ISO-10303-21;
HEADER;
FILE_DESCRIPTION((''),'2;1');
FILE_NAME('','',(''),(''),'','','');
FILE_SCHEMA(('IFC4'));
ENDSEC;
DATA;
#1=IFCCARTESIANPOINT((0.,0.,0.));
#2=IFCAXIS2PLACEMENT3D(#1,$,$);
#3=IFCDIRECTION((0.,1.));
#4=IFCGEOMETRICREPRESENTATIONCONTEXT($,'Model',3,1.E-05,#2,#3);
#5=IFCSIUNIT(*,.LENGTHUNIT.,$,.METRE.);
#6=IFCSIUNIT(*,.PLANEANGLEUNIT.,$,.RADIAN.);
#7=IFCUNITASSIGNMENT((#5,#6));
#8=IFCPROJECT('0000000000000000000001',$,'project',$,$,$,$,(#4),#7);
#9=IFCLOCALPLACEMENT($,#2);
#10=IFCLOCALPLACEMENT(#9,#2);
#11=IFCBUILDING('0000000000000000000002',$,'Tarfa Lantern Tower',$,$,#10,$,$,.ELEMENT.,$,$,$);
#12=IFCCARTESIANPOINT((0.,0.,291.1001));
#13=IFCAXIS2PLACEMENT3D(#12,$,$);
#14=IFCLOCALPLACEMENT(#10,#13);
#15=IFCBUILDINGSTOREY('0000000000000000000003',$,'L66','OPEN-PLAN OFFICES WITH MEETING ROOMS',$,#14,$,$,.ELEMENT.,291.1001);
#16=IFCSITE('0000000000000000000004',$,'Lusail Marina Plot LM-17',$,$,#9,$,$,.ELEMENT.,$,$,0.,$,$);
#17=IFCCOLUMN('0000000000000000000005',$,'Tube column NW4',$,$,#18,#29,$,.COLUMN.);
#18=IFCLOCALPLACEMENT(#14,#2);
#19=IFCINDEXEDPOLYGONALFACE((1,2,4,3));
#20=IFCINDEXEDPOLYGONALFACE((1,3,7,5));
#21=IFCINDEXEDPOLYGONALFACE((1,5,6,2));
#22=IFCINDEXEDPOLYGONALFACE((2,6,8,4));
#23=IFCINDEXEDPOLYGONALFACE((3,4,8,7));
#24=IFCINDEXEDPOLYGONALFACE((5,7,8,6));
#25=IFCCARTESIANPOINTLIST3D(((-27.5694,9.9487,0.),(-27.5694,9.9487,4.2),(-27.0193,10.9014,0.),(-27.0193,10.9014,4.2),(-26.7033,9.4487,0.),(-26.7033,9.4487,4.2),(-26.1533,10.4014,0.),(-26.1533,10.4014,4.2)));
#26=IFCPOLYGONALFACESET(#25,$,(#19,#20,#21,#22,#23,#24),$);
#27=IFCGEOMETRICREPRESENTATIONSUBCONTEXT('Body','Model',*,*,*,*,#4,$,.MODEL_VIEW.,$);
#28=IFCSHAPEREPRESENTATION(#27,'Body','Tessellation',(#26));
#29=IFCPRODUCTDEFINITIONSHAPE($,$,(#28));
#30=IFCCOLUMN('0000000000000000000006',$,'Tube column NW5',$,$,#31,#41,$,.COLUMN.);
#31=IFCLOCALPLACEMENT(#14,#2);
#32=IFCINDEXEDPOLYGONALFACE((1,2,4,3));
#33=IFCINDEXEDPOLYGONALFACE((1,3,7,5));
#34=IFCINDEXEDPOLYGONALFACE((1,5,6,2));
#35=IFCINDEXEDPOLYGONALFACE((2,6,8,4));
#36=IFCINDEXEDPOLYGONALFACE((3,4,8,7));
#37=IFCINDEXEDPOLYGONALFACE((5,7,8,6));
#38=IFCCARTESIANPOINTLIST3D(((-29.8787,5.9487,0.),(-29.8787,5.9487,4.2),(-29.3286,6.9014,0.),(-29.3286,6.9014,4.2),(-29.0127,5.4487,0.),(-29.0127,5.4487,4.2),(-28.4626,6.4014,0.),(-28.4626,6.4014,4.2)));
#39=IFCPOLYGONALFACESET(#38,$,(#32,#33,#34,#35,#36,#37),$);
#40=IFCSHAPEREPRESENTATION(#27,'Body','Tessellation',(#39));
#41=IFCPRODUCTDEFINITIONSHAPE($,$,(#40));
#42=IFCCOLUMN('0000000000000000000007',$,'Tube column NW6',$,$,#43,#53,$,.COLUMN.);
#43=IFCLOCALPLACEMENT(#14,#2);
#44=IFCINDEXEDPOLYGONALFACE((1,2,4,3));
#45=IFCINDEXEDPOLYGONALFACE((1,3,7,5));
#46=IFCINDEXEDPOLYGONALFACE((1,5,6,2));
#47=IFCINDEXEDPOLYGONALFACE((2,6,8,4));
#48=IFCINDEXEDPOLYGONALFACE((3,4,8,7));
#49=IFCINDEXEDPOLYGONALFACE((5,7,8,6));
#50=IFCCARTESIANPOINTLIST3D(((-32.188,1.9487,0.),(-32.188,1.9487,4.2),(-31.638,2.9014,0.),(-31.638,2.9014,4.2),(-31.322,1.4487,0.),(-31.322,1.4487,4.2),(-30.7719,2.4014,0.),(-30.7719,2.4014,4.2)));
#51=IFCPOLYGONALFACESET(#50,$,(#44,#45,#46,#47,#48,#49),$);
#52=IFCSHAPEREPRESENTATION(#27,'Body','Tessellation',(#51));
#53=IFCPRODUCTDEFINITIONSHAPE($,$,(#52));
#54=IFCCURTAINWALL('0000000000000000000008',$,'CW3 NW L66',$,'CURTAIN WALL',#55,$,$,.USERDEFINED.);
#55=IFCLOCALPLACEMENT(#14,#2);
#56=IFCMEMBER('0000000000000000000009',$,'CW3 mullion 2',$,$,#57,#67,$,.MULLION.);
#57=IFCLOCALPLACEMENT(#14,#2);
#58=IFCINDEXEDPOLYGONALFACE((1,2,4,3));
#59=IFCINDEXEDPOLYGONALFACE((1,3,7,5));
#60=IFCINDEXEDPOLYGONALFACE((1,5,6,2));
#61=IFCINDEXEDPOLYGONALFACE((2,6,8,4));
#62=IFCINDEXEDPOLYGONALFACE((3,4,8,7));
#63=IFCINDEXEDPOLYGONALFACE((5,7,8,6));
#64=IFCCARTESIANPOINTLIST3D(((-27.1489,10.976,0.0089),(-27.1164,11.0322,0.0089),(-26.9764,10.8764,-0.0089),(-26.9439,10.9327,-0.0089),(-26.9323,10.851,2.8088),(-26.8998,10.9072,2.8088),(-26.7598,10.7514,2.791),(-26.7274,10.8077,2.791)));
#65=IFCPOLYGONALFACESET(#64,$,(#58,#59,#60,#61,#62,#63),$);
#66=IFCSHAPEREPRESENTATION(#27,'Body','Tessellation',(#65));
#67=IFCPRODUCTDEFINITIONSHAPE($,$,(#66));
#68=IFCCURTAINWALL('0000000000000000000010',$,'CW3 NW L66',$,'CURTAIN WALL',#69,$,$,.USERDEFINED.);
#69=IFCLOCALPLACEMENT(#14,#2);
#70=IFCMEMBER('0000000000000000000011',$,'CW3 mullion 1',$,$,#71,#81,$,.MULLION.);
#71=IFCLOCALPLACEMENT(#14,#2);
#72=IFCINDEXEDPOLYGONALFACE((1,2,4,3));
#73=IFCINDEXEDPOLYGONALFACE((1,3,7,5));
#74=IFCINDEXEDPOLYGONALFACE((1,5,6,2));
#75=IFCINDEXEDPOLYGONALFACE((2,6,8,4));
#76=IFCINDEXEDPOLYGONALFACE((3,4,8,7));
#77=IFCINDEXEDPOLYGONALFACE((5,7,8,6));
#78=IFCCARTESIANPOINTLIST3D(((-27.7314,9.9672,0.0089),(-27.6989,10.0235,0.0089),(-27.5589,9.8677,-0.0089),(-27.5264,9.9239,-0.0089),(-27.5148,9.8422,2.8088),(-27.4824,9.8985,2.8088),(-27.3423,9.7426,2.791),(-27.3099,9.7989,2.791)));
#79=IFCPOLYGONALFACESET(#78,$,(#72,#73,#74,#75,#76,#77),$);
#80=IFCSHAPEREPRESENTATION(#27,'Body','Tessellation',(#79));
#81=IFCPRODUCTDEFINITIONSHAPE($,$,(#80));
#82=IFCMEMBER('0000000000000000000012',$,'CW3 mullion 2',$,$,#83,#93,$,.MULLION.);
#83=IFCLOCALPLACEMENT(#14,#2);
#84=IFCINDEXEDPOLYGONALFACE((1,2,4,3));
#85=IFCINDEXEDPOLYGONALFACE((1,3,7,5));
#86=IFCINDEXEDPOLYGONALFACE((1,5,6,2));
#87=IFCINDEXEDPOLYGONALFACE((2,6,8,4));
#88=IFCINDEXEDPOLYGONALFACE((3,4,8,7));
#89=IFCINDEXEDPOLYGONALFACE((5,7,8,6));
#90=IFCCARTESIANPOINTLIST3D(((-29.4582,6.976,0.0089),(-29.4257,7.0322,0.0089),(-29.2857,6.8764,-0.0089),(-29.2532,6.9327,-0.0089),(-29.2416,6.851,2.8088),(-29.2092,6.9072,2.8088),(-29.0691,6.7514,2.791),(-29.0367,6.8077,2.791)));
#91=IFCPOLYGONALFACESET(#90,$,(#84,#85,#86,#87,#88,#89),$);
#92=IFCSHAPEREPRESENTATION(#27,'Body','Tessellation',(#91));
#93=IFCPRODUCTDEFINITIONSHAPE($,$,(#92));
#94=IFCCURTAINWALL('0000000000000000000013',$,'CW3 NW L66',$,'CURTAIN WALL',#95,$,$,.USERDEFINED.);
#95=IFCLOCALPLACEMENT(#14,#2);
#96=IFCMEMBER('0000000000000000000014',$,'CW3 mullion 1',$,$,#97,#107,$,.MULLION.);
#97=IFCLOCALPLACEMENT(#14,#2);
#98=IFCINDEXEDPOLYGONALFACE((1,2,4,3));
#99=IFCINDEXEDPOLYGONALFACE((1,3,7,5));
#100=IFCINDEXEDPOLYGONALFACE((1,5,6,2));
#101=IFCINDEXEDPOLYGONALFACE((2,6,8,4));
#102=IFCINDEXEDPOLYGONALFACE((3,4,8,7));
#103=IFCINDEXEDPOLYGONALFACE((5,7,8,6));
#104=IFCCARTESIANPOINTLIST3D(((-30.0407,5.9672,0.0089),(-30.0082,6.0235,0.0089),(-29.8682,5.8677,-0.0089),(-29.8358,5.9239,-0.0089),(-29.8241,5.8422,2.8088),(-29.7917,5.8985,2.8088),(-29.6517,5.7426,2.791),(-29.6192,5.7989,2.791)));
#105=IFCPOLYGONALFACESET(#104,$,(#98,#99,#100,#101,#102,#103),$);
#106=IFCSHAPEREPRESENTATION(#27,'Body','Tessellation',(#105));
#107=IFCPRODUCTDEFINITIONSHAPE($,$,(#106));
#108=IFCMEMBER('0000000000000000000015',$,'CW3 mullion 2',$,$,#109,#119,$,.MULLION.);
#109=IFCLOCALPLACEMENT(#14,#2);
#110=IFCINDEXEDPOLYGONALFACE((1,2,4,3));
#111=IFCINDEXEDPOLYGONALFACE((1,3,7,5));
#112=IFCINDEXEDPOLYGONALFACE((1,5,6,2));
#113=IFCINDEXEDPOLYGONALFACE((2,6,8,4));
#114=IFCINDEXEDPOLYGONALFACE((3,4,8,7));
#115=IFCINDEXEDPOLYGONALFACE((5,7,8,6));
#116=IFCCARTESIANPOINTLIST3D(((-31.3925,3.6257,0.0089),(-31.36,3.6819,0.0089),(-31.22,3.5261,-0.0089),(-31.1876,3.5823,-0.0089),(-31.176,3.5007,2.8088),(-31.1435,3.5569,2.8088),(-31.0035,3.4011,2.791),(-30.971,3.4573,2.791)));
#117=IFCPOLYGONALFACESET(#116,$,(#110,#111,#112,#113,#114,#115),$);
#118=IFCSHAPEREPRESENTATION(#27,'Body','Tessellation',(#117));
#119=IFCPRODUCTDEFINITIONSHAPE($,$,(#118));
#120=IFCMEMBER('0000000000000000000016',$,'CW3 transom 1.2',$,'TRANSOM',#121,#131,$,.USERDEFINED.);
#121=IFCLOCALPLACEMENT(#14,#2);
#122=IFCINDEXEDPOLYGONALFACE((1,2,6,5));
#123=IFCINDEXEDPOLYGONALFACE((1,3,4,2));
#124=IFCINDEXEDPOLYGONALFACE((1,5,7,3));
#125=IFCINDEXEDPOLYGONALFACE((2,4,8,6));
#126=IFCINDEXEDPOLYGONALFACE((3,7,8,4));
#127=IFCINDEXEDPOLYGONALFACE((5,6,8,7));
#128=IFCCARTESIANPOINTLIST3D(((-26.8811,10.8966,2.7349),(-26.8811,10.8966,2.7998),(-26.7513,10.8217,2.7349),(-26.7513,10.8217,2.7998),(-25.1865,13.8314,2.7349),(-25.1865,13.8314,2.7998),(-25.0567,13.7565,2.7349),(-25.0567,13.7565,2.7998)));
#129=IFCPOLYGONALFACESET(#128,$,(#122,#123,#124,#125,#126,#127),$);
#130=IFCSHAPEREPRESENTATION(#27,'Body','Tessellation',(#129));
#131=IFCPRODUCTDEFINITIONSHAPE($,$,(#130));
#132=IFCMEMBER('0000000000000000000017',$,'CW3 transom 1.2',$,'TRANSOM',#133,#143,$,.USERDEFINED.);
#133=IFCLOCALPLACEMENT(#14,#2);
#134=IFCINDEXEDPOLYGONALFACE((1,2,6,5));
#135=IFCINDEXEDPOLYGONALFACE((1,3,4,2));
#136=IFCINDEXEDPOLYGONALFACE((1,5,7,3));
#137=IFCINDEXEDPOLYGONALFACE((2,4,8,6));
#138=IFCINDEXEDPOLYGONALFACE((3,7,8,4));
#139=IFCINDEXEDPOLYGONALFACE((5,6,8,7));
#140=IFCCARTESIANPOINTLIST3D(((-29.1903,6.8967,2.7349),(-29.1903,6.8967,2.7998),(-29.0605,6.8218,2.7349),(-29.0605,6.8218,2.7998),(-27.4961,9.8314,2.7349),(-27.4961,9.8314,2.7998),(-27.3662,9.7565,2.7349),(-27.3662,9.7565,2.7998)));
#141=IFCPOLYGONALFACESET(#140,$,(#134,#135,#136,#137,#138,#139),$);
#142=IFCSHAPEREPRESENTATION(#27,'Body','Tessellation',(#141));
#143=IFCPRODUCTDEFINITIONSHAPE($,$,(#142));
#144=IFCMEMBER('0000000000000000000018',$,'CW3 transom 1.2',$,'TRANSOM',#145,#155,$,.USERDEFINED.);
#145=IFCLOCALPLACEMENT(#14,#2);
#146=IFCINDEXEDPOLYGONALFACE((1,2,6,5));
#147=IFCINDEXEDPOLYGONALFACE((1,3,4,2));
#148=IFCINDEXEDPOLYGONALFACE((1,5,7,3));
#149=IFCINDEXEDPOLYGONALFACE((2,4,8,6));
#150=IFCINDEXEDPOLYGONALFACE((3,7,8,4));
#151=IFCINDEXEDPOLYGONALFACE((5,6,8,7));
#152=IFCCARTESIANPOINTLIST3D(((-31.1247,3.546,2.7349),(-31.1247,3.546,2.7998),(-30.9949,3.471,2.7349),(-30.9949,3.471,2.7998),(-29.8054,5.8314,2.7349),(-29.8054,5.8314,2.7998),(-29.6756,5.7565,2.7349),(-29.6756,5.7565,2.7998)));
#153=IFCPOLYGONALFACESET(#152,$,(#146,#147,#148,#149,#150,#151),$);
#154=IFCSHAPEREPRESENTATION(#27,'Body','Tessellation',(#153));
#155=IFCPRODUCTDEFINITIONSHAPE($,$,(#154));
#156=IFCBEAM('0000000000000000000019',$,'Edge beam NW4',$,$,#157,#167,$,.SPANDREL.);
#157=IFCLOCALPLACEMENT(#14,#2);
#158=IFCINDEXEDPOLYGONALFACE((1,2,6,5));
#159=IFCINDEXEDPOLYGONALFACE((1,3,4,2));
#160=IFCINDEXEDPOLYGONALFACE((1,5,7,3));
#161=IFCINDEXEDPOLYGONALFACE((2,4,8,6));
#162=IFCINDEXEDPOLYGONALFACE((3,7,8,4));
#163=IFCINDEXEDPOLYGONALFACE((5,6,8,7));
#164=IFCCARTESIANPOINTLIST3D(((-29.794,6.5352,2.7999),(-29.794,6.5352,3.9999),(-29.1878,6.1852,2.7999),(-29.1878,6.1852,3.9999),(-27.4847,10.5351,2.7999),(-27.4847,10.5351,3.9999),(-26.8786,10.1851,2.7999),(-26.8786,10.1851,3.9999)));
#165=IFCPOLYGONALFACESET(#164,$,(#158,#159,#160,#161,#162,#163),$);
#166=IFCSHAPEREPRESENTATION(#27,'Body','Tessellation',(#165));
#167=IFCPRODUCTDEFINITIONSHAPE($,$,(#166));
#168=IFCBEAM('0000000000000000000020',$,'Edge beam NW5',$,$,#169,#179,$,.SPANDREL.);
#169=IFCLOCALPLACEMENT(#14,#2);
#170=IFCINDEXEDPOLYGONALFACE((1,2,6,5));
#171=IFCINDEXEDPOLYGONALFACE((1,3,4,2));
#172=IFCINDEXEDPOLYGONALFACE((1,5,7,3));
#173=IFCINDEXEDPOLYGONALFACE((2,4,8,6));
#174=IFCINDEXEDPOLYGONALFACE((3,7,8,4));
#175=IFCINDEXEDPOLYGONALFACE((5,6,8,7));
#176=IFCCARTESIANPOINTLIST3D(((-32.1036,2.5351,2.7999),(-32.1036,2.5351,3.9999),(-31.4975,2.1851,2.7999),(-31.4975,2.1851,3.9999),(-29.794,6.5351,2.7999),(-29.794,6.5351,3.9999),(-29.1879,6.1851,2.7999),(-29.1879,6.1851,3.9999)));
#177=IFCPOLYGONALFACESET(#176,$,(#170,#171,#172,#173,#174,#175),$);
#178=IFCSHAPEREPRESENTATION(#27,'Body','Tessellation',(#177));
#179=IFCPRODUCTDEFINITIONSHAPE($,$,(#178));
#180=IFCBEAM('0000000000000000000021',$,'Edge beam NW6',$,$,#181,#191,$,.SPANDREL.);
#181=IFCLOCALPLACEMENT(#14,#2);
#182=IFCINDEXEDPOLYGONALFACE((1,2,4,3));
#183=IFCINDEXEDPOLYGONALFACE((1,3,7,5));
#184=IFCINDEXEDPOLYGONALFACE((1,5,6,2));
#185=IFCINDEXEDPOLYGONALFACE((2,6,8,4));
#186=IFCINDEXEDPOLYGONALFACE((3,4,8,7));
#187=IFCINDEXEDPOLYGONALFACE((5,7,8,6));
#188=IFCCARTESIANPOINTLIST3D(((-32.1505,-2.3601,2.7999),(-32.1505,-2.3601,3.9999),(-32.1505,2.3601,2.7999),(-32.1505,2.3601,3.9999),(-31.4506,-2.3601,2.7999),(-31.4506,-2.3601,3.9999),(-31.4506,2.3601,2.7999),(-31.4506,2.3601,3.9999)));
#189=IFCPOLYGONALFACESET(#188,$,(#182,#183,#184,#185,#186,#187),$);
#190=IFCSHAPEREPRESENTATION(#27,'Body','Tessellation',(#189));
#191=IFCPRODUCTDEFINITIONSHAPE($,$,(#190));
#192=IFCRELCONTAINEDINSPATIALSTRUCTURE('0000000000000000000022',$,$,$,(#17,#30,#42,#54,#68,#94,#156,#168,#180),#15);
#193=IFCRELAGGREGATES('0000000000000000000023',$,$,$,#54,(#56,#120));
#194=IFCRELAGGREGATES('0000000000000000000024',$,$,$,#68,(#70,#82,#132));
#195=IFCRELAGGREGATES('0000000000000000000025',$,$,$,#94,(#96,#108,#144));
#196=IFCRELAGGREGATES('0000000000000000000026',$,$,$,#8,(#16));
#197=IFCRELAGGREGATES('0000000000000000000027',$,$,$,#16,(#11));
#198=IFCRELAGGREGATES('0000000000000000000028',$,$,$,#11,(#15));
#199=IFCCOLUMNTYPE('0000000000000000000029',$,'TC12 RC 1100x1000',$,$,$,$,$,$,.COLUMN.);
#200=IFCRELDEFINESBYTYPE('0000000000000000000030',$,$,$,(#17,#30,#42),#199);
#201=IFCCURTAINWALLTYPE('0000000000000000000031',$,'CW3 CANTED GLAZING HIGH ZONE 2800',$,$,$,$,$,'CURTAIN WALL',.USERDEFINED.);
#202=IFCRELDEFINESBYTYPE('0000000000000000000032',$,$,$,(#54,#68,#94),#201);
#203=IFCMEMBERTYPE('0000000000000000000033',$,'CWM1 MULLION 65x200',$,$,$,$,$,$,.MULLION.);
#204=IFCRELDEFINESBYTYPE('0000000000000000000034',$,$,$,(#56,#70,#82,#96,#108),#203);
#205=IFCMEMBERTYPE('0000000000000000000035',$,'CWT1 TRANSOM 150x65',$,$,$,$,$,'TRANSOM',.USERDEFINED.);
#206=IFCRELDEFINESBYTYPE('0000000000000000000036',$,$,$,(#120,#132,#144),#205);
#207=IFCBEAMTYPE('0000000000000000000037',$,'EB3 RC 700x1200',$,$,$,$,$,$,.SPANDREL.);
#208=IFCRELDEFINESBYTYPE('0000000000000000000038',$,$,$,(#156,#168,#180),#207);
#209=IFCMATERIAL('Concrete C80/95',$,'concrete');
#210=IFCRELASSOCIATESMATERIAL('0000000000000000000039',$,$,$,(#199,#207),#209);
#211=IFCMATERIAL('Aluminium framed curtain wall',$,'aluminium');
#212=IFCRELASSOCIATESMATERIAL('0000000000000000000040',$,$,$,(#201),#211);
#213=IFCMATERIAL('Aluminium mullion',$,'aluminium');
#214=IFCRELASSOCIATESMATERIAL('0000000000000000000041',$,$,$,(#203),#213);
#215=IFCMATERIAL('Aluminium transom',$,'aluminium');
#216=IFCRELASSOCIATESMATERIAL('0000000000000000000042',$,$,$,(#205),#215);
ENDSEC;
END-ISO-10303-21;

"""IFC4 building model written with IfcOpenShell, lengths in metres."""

from ifc_helpers import new_model, si_unit, direction, frame, origin, origin_2d, place, context, subcontext, project, spatial, rectangle, extrude, material, material_profile, profile_set, type_object, element, aggregate, save


model = new_model("IFC4")

# Units and contexts
model_context = context("Model", 3, precision=1e-05, world=origin(), true_north=direction((0.0, 1.0)))
body_context = subcontext(model_context, "Body", "Model", "MODEL_VIEW")
ifc_project = project(units=[si_unit("LENGTHUNIT", "METRE"), si_unit("PLANEANGLEUNIT", "RADIAN")], contexts=[model_context])

# Site, building, storey
site_placement = place(None, origin())
site = spatial("IfcSite", under=ifc_project, at=site_placement, Name="Lusail Marina Plot LM-17", CompositionType="ELEMENT", RefElevation=0.0)
building_placement = place(site_placement, origin())
building = spatial("IfcBuilding", under=site, at=building_placement, Name="Tarfa Lantern Tower", CompositionType="ELEMENT")
storey_placement = place(building_placement, frame((0.0, 0.0, 291.1001)))
storey = spatial("IfcBuildingStorey", under=building, at=storey_placement, Name="L66", Description="OPEN-PLAN OFFICES WITH MEETING ROOMS", CompositionType="ELEMENT", Elevation=291.1001)

# Columns
ifc_material_1 = material(Name="Concrete C80/95", Category="concrete")
ifc_material_profile_1 = material_profile(ifc_material_1, rectangle(XDim=1.1001, YDim=1.0, at=origin_2d()), Name="RC 1100x1000")
ifc_profile_set_1 = profile_set([ifc_material_profile_1], Name="Concrete C80/95")
column_type = type_object("IfcColumnType", Name="TC12 RC 1100x1000", PredefinedType="COLUMN", material=ifc_profile_set_1)
for number, where, z_axis, x_axis, name in (
    (1, (-26.8613, 10.175, 0.0), (0.0, 0.0, 1.0), (-0.5, -0.866025, 0.0), "Tube column NW4"),
    (2, (-29.1707, 6.175, 0.0), (0.0, 0.0, 1.0), (-0.5, -0.866025, 0.0), "Tube column NW5"),
    (3, (-31.48, 2.175, 0.0), (0.0, 0.0, 1.0), (-0.5, -0.866025, 0.0), "Tube column NW6"),
):
    element("IfcColumn", number, at=place(storey_placement, frame(where, z_axis=z_axis, x_axis=x_axis)), inside=storey, type_object=column_type, Name=name, PredefinedType="COLUMN", context=body_context, shape_type="SweptSolid", body=[
        extrude(rectangle(XDim=1.1001, YDim=1.0, at=origin_2d()), origin(), (0.0, 0.0, 1.0), 4.2),
    ])

# Curtain wall, member
ifc_material_2 = material(Name="Aluminium framed curtain wall", Category="aluminium")
curtain_wall_type = type_object("IfcCurtainWallType", Name="CW3 CANTED GLAZING HIGH ZONE 2800", ElementType="CURTAIN WALL", PredefinedType="USERDEFINED", material=ifc_material_2)
curtain_wall_1_placement = place(storey_placement, origin())
curtain_wall_1 = element("IfcCurtainWall", 4, at=curtain_wall_1_placement, inside=storey, type_object=curtain_wall_type, Name="CW3 NW L66", ObjectType="CURTAIN WALL", PredefinedType="USERDEFINED")
ifc_material_3 = material(Name="Aluminium mullion", Category="aluminium")
ifc_material_profile_2 = material_profile(ifc_material_3, rectangle(XDim=0.0649, YDim=0.2, at=origin_2d()), Name="AL MULLION 65x200")
ifc_profile_set_2 = profile_set([ifc_material_profile_2], Name="Aluminium mullion")
member_type_1 = type_object("IfcMemberType", Name="CWM1 MULLION 65x200", PredefinedType="MULLION", material=ifc_profile_set_2)
member_1_placement = place(storey_placement, frame((-27.0464, 10.9543, 0.0), z_axis=(0.077039, -0.044469, 0.996036), x_axis=(0.49992, 0.866072, 0.0)))
member_1 = element("IfcMember", 5, at=member_1_placement, type_object=member_type_1, Name="CW3 mullion 2", PredefinedType="MULLION", context=body_context, shape_type="SweptSolid", body=[
    extrude(rectangle(XDim=0.0649, YDim=0.2, at=origin_2d()), origin(), (0.0, 0.0, 1.0), 2.811),
])

# Curtain walls, members
curtain_wall_2_placement = place(storey_placement, origin())
curtain_wall_2 = element("IfcCurtainWall", 6, at=curtain_wall_2_placement, inside=storey, type_object=curtain_wall_type, Name="CW3 NW L66", ObjectType="CURTAIN WALL", PredefinedType="USERDEFINED")
member_2_placement = place(storey_placement, frame((-27.6289, 9.9456, 0.0), z_axis=(0.077039, -0.044469, 0.996036), x_axis=(0.49992, 0.866072, 0.0)))
member_2 = element("IfcMember", 7, at=member_2_placement, type_object=member_type_1, Name="CW3 mullion 1", PredefinedType="MULLION", context=body_context, shape_type="SweptSolid", body=[
    extrude(rectangle(XDim=0.0649, YDim=0.2, at=origin_2d()), origin(), (0.0, 0.0, 1.0), 2.811),
])
member_3_placement = place(storey_placement, frame((-29.3557, 6.9543, 0.0), z_axis=(0.077039, -0.044469, 0.996036), x_axis=(0.49992, 0.866072, 0.0)))
member_3 = element("IfcMember", 8, at=member_3_placement, type_object=member_type_1, Name="CW3 mullion 2", PredefinedType="MULLION", context=body_context, shape_type="SweptSolid", body=[
    extrude(rectangle(XDim=0.0649, YDim=0.2, at=origin_2d()), origin(), (0.0, 0.0, 1.0), 2.811),
])
curtain_wall_3_placement = place(storey_placement, origin())
curtain_wall_3 = element("IfcCurtainWall", 9, at=curtain_wall_3_placement, inside=storey, type_object=curtain_wall_type, Name="CW3 NW L66", ObjectType="CURTAIN WALL", PredefinedType="USERDEFINED")
member_4_placement = place(storey_placement, frame((-29.9382, 5.9456, 0.0), z_axis=(0.077039, -0.044469, 0.996036), x_axis=(0.49992, 0.866072, 0.0)))
member_4 = element("IfcMember", 10, at=member_4_placement, type_object=member_type_1, Name="CW3 mullion 1", PredefinedType="MULLION", context=body_context, shape_type="SweptSolid", body=[
    extrude(rectangle(XDim=0.0649, YDim=0.2, at=origin_2d()), origin(), (0.0, 0.0, 1.0), 2.811),
])
member_5_placement = place(storey_placement, frame((-31.29, 3.604, 0.0), z_axis=(0.077039, -0.044469, 0.996036), x_axis=(0.49992, 0.866072, 0.0)))
member_5 = element("IfcMember", 11, at=member_5_placement, type_object=member_type_1, Name="CW3 mullion 2", PredefinedType="MULLION", context=body_context, shape_type="SweptSolid", body=[
    extrude(rectangle(XDim=0.0649, YDim=0.2, at=origin_2d()), origin(), (0.0, 0.0, 1.0), 2.811),
])

# Members
ifc_material_4 = material(Name="Aluminium transom", Category="aluminium")
ifc_material_profile_3 = material_profile(ifc_material_4, rectangle(XDim=0.1499, YDim=0.0649, at=origin_2d()), Name="AL TRANSOM 150x65")
ifc_profile_set_3 = profile_set([ifc_material_profile_3], Name="Aluminium transom")
member_type_2 = type_object("IfcMemberType", Name="CWT1 TRANSOM 150x65", ElementType="TRANSOM", PredefinedType="USERDEFINED", material=ifc_profile_set_3)
member_6_placement = place(storey_placement, frame((-25.1216, 13.7939, 2.7673), z_axis=(-0.500036, -0.866004, 0.0), x_axis=(0.866004, -0.500036, 0.0)))
member_6 = element("IfcMember", 12, at=member_6_placement, type_object=member_type_2, Name="CW3 transom 1.2", ObjectType="TRANSOM", PredefinedType="USERDEFINED", context=body_context, shape_type="SweptSolid", body=[
    extrude(rectangle(XDim=0.1499, YDim=0.0649, at=origin_2d()), origin(), (0.0, 0.0, 1.0), 3.3889),
])
member_7_placement = place(storey_placement, frame((-27.4312, 9.7939, 2.7673), z_axis=(-0.499982, -0.866036, 0.0), x_axis=(0.866036, -0.499982, 0.0)))
member_7 = element("IfcMember", 13, at=member_7_placement, type_object=member_type_2, Name="CW3 transom 1.2", ObjectType="TRANSOM", PredefinedType="USERDEFINED", context=body_context, shape_type="SweptSolid", body=[
    extrude(rectangle(XDim=0.1499, YDim=0.0649, at=origin_2d()), origin(), (0.0, 0.0, 1.0), 3.3887),
])
member_8_placement = place(storey_placement, frame((-29.7405, 5.7939, 2.7673), z_axis=(-0.49996, -0.866048, 0.0), x_axis=(0.866048, -0.49996, 0.0)))
member_8 = element("IfcMember", 14, at=member_8_placement, type_object=member_type_2, Name="CW3 transom 1.2", ObjectType="TRANSOM", PredefinedType="USERDEFINED", context=body_context, shape_type="SweptSolid", body=[
    extrude(rectangle(XDim=0.1499, YDim=0.0649, at=origin_2d()), origin(), (0.0, 0.0, 1.0), 2.6389),
])

# Beams
ifc_material_profile_4 = material_profile(ifc_material_1, rectangle(XDim=0.7, YDim=1.2, at=origin_2d()), Name="RC 700x1200")
ifc_profile_set_4 = profile_set([ifc_material_profile_4], Name="Concrete C80/95")
beam_type_1 = type_object("IfcBeamType", Name="EB3 RC 700x1200", PredefinedType="SPANDREL", material=ifc_profile_set_4)
beam_1_placement = place(storey_placement, frame((-27.1816, 10.3601, 3.3999), z_axis=(-0.499988, -0.866032, 0.0), x_axis=(0.866032, -0.499988, 0.0)))
element("IfcBeam", 15, at=beam_1_placement, inside=storey, type_object=beam_type_1, Name="Edge beam NW4", PredefinedType="SPANDREL", context=body_context, shape_type="SweptSolid", body=[
    extrude(rectangle(XDim=0.7, YDim=1.2, at=origin_2d()), origin(), (0.0, 0.0, 1.0), 4.6187),
])
beam_2_placement = place(storey_placement, frame((-29.491, 6.3601, 3.3999), z_axis=(-0.500027, -0.86601, 0.0), x_axis=(0.86601, -0.500027, 0.0)))
element("IfcBeam", 16, at=beam_2_placement, inside=storey, type_object=beam_type_1, Name="Edge beam NW5", PredefinedType="SPANDREL", context=body_context, shape_type="SweptSolid", body=[
    extrude(rectangle(XDim=0.7, YDim=1.2, at=origin_2d()), origin(), (0.0, 0.0, 1.0), 4.6189),
])
beam_3_placement = place(storey_placement, frame((-31.8005, 2.3601, 3.3999), z_axis=(0.0, -1.0, 0.0), x_axis=(1.0, 0.0, 0.0)))
element("IfcBeam", 17, at=beam_3_placement, inside=storey, type_object=beam_type_1, Name="Edge beam NW6", PredefinedType="SPANDREL", context=body_context, shape_type="SweptSolid", body=[
    extrude(rectangle(XDim=0.7, YDim=1.2, at=origin_2d()), origin(), (0.0, 0.0, 1.0), 4.7202),
])

aggregate(curtain_wall_1, [member_1, member_6])
aggregate(curtain_wall_2, [member_2, member_3, member_7])
aggregate(curtain_wall_3, [member_4, member_5, member_8])

save(model, "model.ifc")
